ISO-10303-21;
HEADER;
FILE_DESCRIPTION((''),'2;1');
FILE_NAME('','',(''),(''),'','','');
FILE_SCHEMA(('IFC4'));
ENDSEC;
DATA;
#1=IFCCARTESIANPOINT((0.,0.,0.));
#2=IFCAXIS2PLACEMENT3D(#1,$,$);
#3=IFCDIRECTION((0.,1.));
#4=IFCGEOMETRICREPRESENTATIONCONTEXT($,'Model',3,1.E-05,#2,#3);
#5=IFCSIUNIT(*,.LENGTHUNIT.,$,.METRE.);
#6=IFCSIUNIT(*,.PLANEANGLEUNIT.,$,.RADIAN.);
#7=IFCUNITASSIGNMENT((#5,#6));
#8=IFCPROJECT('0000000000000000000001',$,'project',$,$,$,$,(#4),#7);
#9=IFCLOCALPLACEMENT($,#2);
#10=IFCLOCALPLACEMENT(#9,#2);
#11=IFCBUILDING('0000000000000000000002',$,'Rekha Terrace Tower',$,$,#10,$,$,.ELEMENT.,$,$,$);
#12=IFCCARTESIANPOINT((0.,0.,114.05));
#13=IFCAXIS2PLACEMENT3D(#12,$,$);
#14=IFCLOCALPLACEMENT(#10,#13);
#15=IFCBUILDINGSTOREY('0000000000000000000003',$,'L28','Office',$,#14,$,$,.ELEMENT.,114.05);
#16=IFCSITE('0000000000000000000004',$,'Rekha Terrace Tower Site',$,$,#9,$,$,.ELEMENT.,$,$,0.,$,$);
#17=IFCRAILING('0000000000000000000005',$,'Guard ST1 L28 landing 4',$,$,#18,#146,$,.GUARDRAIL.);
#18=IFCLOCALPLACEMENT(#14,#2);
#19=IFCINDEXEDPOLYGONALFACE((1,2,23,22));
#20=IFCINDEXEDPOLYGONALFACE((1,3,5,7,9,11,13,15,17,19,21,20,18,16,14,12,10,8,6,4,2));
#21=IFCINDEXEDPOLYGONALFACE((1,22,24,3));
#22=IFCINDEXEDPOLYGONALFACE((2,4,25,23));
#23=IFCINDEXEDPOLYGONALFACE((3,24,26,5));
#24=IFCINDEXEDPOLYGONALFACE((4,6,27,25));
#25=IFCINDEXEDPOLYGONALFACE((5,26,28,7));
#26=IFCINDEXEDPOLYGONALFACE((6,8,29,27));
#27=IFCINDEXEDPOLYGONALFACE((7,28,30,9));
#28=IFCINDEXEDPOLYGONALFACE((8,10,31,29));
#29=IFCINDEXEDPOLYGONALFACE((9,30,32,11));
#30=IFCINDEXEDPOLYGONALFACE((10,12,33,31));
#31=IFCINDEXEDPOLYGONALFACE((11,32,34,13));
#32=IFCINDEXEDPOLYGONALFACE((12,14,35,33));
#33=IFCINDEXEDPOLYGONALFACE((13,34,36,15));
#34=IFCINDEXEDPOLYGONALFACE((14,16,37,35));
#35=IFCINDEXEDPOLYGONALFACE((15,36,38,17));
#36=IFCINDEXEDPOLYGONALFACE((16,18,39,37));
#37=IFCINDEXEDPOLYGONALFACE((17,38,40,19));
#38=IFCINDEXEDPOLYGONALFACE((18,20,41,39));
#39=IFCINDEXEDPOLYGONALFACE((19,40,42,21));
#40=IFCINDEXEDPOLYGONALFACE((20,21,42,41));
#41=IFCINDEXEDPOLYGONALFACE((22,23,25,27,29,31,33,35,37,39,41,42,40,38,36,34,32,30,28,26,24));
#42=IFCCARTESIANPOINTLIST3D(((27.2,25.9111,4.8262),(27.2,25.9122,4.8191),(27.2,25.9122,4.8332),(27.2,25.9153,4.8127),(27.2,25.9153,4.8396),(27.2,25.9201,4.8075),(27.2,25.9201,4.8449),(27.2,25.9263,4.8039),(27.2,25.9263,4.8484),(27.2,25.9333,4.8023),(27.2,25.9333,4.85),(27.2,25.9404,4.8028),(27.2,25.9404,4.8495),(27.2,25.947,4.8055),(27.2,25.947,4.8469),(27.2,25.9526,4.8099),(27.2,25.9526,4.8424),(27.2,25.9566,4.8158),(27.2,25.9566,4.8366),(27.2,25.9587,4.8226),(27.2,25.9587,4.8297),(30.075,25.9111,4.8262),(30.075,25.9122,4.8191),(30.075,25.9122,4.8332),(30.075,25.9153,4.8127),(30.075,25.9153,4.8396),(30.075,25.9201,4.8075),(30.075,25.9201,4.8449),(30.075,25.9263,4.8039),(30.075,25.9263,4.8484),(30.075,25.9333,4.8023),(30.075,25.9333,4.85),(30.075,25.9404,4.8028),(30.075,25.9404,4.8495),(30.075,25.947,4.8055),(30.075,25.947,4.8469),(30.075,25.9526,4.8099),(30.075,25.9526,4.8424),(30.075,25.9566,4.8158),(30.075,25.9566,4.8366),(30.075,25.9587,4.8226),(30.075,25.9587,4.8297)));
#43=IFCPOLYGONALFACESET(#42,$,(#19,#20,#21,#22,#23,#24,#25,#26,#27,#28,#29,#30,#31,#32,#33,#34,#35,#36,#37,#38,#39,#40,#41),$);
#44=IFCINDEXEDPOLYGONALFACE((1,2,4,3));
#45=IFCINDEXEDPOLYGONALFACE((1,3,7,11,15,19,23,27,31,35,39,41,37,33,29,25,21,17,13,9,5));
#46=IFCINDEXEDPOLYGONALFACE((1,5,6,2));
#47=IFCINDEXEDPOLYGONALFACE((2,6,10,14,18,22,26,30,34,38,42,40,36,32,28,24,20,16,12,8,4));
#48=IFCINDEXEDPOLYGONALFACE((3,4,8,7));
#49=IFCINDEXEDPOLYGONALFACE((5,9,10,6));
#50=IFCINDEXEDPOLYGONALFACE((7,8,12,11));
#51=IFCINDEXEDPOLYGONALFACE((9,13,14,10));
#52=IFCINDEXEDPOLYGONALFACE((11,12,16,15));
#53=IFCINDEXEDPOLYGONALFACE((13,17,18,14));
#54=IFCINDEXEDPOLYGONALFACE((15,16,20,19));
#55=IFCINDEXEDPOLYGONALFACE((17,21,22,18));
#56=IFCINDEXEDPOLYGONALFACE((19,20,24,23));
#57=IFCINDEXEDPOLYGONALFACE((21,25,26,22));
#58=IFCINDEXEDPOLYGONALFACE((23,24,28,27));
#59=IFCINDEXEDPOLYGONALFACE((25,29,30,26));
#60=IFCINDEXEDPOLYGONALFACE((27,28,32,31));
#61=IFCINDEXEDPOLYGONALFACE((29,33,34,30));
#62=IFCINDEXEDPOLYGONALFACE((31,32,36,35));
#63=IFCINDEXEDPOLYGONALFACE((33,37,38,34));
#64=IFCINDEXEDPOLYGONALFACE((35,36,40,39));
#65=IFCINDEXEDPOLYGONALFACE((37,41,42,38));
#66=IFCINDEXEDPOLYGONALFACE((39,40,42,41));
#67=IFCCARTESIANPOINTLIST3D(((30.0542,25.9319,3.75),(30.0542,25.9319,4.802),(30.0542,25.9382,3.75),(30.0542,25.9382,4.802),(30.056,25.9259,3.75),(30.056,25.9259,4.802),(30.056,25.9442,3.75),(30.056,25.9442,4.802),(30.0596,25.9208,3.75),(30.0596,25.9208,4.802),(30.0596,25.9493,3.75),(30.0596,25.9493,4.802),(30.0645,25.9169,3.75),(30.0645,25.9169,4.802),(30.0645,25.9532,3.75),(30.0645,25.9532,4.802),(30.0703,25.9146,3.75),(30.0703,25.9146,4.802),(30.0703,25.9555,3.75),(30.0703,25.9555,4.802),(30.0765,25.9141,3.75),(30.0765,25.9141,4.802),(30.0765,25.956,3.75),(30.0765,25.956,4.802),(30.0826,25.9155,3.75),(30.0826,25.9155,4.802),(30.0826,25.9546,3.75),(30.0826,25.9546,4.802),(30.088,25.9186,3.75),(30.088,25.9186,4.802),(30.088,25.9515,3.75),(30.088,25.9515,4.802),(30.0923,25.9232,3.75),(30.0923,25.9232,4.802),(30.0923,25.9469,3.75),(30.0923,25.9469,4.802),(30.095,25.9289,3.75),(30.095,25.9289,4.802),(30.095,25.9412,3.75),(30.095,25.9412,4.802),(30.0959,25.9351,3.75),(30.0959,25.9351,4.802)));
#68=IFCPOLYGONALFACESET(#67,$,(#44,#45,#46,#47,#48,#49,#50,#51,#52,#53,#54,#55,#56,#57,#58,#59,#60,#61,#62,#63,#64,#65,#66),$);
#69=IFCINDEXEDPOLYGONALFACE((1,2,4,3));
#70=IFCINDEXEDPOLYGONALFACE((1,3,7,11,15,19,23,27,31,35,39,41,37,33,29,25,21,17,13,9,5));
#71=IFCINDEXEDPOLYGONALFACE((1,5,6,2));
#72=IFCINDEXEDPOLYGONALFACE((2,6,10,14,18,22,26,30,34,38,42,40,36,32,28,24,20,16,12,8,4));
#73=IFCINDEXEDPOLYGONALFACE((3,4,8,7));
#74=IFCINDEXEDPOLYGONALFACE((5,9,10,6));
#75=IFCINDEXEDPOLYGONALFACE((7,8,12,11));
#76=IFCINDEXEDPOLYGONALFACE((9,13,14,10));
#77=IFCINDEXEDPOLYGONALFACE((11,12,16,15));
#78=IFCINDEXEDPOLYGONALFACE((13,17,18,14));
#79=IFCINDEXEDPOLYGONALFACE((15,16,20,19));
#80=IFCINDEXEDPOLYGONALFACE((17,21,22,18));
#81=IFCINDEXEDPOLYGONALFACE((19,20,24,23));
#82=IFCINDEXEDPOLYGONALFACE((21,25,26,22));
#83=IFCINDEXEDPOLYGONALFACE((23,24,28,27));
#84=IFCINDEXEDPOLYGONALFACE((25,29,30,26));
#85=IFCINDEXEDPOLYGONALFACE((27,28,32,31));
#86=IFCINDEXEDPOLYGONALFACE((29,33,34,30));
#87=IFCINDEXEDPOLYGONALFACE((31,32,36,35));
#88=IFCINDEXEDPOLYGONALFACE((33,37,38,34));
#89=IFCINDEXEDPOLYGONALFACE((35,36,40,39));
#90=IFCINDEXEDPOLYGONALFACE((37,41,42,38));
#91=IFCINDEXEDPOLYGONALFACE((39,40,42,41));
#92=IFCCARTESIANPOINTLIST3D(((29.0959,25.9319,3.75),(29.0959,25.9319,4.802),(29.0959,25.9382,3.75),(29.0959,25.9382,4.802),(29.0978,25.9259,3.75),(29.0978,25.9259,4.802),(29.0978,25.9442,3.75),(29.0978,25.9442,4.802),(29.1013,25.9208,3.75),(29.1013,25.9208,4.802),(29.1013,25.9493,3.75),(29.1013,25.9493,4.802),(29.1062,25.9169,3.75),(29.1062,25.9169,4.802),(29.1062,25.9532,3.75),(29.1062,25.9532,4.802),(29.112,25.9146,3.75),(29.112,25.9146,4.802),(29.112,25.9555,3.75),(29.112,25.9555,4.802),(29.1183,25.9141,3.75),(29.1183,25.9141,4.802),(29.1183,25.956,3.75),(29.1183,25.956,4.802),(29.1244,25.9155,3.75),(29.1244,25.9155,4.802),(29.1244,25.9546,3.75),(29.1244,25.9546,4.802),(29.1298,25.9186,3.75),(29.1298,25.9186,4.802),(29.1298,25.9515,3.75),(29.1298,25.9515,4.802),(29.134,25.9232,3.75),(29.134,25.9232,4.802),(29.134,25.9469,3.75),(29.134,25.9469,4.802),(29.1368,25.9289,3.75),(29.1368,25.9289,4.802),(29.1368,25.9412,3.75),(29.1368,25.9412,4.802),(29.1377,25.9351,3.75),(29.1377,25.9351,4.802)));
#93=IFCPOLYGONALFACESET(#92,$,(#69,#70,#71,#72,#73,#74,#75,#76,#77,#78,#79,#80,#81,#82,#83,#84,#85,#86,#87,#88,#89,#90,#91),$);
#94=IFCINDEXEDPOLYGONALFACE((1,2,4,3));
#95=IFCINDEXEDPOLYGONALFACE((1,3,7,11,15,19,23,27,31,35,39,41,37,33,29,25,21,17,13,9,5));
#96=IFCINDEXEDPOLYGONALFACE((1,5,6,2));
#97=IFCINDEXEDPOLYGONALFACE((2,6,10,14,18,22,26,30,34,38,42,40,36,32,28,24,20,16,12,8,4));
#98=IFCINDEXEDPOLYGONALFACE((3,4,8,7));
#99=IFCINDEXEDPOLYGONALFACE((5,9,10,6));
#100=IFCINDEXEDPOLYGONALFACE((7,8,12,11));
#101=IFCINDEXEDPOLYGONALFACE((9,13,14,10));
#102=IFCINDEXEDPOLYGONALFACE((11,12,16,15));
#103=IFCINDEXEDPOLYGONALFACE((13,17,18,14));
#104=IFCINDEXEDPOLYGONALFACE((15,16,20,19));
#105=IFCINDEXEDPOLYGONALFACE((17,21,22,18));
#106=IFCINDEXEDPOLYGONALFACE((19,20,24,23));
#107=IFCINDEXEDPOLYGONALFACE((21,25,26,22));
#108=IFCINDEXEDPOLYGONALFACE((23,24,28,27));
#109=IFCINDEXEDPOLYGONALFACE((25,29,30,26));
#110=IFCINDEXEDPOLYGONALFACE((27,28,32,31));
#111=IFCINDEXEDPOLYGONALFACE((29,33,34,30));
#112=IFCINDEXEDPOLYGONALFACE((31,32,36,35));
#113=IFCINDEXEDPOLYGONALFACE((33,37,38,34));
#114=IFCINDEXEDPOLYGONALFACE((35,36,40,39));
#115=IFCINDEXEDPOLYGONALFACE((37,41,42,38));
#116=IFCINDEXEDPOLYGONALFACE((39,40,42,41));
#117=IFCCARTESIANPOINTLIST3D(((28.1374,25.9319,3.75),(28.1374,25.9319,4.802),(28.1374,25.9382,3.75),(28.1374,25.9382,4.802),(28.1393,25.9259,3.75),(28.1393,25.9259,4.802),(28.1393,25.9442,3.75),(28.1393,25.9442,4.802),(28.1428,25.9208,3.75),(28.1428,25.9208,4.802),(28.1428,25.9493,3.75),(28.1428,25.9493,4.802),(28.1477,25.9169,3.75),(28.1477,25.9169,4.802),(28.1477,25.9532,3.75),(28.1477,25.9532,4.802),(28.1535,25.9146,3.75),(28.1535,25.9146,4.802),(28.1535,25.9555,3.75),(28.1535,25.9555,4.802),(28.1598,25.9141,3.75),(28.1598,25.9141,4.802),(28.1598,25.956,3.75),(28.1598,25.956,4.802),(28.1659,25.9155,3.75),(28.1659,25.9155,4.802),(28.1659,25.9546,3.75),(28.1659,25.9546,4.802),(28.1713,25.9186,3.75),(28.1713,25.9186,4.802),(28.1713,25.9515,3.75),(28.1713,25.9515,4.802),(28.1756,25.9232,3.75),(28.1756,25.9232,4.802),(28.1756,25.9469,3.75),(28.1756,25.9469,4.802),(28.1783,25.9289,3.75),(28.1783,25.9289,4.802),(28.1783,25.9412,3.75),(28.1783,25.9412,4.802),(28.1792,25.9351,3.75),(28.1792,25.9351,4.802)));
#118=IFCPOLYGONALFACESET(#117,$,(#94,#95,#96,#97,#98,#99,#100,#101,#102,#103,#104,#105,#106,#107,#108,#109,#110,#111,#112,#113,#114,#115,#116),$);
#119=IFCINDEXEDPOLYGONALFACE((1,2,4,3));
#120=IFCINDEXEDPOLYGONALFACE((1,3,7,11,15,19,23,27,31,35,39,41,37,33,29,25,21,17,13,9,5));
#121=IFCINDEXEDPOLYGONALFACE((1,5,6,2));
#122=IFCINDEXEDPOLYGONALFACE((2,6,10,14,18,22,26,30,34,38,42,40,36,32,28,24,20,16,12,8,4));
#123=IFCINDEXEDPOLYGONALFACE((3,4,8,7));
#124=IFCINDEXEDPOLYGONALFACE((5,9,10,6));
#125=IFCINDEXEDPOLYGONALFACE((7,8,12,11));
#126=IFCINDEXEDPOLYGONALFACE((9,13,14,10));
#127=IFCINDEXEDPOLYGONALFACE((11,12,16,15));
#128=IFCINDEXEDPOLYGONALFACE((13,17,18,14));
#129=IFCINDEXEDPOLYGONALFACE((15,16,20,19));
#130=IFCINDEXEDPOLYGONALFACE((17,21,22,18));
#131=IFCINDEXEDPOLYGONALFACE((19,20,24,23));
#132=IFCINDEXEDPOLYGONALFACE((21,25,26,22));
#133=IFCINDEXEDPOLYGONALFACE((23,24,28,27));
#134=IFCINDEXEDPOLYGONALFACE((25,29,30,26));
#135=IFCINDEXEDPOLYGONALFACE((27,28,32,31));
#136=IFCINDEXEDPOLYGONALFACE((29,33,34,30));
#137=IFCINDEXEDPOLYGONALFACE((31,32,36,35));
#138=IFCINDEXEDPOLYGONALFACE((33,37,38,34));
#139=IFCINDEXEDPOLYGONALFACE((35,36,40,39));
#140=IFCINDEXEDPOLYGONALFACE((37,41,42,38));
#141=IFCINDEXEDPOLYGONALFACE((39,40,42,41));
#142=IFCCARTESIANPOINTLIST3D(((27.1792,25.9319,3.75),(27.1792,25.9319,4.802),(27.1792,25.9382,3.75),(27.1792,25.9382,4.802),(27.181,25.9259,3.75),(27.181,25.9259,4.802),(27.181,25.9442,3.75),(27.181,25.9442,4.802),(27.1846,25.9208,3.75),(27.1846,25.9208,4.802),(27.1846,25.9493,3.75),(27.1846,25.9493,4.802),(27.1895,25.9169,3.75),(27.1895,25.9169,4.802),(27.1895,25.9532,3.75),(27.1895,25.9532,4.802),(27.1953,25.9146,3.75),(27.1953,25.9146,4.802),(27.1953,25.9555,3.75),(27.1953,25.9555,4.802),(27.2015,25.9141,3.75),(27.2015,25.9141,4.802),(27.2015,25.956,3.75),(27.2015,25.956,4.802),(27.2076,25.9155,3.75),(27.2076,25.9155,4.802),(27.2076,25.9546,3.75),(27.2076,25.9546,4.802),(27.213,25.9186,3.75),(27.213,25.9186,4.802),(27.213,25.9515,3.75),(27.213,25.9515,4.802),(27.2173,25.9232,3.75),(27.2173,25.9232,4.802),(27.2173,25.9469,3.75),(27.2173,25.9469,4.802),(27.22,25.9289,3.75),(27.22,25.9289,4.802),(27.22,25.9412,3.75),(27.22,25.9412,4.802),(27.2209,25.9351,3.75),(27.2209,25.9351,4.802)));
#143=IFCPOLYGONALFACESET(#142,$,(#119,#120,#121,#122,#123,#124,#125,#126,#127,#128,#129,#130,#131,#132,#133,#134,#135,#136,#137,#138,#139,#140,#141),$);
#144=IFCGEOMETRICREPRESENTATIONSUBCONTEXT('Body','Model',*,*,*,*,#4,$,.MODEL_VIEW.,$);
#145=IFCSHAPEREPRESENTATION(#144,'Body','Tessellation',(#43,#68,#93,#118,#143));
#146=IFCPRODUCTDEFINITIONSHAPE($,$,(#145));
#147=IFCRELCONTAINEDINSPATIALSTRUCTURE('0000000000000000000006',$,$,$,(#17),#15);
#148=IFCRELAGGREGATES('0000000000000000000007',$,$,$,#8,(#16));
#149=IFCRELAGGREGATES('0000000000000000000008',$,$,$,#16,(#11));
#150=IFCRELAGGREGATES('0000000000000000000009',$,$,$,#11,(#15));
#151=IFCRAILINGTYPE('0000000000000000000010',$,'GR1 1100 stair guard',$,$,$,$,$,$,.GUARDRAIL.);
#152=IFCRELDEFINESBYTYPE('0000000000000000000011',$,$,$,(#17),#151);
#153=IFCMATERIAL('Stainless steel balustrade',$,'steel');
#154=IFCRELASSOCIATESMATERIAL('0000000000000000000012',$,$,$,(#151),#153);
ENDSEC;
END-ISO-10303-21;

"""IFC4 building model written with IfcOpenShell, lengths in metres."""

from ifc_helpers import new_model, si_unit, direction, frame, origin, origin_2d, place, context, subcontext, project, spatial, circle, extrude, material, type_object, element, save


model = new_model("IFC4")

# Units and contexts
model_context = context("Model", 3, precision=1e-05, world=origin(), true_north=direction((0.0, 1.0)))
body_context = subcontext(model_context, "Body", "Model", "MODEL_VIEW")
ifc_project = project(units=[si_unit("LENGTHUNIT", "METRE"), si_unit("PLANEANGLEUNIT", "RADIAN")], contexts=[model_context])

# Site, building, storey
site_placement = place(None, origin())
site = spatial("IfcSite", under=ifc_project, at=site_placement, Name="Rekha Terrace Tower Site", CompositionType="ELEMENT", RefElevation=0.0)
building_placement = place(site_placement, origin())
building = spatial("IfcBuilding", under=site, at=building_placement, Name="Rekha Terrace Tower", CompositionType="ELEMENT")
storey_placement = place(building_placement, frame((0.0, 0.0, 114.05)))
storey = spatial("IfcBuildingStorey", under=building, at=storey_placement, Name="L28", Description="Office", CompositionType="ELEMENT", Elevation=114.05)

# Railing
ifc_material_1 = material(Name="Stainless steel balustrade", Category="steel")
railing_type_1 = type_object("IfcRailingType", Name="GR1 1100 stair guard", PredefinedType="GUARDRAIL", material=ifc_material_1)
railing_1_placement = place(storey_placement, frame((30.075, 25.9351, 3.75)))
element("IfcRailing", 1, at=railing_1_placement, inside=storey, type_object=railing_type_1, Name="Guard ST1 L28 landing 4", PredefinedType="GUARDRAIL", context=body_context, shape_type="SweptSolid", body=[
    extrude(circle(Radius=0.0239, at=origin_2d()), frame((0.0, 0.0, 1.0762), z_axis=(-1.0, 0.0, 0.0), x_axis=(0.0, -1.0, 0.0)), (0.0, 0.0, 1.0), 2.875),
    extrude(circle(Radius=0.021, at=origin_2d()), origin(), (0.0, 0.0, 1.0), 1.052),
    extrude(circle(Radius=0.021, at=origin_2d()), frame((-0.9583, 0.0, 0.0)), (0.0, 0.0, 1.0), 1.052),
    extrude(circle(Radius=0.021, at=origin_2d()), frame((-1.9167, 0.0, 0.0)), (0.0, 0.0, 1.0), 1.052),
    extrude(circle(Radius=0.021, at=origin_2d()), frame((-2.875, 0.0, 0.0)), (0.0, 0.0, 1.0), 1.052),
])

save(model, "model.ifc")
